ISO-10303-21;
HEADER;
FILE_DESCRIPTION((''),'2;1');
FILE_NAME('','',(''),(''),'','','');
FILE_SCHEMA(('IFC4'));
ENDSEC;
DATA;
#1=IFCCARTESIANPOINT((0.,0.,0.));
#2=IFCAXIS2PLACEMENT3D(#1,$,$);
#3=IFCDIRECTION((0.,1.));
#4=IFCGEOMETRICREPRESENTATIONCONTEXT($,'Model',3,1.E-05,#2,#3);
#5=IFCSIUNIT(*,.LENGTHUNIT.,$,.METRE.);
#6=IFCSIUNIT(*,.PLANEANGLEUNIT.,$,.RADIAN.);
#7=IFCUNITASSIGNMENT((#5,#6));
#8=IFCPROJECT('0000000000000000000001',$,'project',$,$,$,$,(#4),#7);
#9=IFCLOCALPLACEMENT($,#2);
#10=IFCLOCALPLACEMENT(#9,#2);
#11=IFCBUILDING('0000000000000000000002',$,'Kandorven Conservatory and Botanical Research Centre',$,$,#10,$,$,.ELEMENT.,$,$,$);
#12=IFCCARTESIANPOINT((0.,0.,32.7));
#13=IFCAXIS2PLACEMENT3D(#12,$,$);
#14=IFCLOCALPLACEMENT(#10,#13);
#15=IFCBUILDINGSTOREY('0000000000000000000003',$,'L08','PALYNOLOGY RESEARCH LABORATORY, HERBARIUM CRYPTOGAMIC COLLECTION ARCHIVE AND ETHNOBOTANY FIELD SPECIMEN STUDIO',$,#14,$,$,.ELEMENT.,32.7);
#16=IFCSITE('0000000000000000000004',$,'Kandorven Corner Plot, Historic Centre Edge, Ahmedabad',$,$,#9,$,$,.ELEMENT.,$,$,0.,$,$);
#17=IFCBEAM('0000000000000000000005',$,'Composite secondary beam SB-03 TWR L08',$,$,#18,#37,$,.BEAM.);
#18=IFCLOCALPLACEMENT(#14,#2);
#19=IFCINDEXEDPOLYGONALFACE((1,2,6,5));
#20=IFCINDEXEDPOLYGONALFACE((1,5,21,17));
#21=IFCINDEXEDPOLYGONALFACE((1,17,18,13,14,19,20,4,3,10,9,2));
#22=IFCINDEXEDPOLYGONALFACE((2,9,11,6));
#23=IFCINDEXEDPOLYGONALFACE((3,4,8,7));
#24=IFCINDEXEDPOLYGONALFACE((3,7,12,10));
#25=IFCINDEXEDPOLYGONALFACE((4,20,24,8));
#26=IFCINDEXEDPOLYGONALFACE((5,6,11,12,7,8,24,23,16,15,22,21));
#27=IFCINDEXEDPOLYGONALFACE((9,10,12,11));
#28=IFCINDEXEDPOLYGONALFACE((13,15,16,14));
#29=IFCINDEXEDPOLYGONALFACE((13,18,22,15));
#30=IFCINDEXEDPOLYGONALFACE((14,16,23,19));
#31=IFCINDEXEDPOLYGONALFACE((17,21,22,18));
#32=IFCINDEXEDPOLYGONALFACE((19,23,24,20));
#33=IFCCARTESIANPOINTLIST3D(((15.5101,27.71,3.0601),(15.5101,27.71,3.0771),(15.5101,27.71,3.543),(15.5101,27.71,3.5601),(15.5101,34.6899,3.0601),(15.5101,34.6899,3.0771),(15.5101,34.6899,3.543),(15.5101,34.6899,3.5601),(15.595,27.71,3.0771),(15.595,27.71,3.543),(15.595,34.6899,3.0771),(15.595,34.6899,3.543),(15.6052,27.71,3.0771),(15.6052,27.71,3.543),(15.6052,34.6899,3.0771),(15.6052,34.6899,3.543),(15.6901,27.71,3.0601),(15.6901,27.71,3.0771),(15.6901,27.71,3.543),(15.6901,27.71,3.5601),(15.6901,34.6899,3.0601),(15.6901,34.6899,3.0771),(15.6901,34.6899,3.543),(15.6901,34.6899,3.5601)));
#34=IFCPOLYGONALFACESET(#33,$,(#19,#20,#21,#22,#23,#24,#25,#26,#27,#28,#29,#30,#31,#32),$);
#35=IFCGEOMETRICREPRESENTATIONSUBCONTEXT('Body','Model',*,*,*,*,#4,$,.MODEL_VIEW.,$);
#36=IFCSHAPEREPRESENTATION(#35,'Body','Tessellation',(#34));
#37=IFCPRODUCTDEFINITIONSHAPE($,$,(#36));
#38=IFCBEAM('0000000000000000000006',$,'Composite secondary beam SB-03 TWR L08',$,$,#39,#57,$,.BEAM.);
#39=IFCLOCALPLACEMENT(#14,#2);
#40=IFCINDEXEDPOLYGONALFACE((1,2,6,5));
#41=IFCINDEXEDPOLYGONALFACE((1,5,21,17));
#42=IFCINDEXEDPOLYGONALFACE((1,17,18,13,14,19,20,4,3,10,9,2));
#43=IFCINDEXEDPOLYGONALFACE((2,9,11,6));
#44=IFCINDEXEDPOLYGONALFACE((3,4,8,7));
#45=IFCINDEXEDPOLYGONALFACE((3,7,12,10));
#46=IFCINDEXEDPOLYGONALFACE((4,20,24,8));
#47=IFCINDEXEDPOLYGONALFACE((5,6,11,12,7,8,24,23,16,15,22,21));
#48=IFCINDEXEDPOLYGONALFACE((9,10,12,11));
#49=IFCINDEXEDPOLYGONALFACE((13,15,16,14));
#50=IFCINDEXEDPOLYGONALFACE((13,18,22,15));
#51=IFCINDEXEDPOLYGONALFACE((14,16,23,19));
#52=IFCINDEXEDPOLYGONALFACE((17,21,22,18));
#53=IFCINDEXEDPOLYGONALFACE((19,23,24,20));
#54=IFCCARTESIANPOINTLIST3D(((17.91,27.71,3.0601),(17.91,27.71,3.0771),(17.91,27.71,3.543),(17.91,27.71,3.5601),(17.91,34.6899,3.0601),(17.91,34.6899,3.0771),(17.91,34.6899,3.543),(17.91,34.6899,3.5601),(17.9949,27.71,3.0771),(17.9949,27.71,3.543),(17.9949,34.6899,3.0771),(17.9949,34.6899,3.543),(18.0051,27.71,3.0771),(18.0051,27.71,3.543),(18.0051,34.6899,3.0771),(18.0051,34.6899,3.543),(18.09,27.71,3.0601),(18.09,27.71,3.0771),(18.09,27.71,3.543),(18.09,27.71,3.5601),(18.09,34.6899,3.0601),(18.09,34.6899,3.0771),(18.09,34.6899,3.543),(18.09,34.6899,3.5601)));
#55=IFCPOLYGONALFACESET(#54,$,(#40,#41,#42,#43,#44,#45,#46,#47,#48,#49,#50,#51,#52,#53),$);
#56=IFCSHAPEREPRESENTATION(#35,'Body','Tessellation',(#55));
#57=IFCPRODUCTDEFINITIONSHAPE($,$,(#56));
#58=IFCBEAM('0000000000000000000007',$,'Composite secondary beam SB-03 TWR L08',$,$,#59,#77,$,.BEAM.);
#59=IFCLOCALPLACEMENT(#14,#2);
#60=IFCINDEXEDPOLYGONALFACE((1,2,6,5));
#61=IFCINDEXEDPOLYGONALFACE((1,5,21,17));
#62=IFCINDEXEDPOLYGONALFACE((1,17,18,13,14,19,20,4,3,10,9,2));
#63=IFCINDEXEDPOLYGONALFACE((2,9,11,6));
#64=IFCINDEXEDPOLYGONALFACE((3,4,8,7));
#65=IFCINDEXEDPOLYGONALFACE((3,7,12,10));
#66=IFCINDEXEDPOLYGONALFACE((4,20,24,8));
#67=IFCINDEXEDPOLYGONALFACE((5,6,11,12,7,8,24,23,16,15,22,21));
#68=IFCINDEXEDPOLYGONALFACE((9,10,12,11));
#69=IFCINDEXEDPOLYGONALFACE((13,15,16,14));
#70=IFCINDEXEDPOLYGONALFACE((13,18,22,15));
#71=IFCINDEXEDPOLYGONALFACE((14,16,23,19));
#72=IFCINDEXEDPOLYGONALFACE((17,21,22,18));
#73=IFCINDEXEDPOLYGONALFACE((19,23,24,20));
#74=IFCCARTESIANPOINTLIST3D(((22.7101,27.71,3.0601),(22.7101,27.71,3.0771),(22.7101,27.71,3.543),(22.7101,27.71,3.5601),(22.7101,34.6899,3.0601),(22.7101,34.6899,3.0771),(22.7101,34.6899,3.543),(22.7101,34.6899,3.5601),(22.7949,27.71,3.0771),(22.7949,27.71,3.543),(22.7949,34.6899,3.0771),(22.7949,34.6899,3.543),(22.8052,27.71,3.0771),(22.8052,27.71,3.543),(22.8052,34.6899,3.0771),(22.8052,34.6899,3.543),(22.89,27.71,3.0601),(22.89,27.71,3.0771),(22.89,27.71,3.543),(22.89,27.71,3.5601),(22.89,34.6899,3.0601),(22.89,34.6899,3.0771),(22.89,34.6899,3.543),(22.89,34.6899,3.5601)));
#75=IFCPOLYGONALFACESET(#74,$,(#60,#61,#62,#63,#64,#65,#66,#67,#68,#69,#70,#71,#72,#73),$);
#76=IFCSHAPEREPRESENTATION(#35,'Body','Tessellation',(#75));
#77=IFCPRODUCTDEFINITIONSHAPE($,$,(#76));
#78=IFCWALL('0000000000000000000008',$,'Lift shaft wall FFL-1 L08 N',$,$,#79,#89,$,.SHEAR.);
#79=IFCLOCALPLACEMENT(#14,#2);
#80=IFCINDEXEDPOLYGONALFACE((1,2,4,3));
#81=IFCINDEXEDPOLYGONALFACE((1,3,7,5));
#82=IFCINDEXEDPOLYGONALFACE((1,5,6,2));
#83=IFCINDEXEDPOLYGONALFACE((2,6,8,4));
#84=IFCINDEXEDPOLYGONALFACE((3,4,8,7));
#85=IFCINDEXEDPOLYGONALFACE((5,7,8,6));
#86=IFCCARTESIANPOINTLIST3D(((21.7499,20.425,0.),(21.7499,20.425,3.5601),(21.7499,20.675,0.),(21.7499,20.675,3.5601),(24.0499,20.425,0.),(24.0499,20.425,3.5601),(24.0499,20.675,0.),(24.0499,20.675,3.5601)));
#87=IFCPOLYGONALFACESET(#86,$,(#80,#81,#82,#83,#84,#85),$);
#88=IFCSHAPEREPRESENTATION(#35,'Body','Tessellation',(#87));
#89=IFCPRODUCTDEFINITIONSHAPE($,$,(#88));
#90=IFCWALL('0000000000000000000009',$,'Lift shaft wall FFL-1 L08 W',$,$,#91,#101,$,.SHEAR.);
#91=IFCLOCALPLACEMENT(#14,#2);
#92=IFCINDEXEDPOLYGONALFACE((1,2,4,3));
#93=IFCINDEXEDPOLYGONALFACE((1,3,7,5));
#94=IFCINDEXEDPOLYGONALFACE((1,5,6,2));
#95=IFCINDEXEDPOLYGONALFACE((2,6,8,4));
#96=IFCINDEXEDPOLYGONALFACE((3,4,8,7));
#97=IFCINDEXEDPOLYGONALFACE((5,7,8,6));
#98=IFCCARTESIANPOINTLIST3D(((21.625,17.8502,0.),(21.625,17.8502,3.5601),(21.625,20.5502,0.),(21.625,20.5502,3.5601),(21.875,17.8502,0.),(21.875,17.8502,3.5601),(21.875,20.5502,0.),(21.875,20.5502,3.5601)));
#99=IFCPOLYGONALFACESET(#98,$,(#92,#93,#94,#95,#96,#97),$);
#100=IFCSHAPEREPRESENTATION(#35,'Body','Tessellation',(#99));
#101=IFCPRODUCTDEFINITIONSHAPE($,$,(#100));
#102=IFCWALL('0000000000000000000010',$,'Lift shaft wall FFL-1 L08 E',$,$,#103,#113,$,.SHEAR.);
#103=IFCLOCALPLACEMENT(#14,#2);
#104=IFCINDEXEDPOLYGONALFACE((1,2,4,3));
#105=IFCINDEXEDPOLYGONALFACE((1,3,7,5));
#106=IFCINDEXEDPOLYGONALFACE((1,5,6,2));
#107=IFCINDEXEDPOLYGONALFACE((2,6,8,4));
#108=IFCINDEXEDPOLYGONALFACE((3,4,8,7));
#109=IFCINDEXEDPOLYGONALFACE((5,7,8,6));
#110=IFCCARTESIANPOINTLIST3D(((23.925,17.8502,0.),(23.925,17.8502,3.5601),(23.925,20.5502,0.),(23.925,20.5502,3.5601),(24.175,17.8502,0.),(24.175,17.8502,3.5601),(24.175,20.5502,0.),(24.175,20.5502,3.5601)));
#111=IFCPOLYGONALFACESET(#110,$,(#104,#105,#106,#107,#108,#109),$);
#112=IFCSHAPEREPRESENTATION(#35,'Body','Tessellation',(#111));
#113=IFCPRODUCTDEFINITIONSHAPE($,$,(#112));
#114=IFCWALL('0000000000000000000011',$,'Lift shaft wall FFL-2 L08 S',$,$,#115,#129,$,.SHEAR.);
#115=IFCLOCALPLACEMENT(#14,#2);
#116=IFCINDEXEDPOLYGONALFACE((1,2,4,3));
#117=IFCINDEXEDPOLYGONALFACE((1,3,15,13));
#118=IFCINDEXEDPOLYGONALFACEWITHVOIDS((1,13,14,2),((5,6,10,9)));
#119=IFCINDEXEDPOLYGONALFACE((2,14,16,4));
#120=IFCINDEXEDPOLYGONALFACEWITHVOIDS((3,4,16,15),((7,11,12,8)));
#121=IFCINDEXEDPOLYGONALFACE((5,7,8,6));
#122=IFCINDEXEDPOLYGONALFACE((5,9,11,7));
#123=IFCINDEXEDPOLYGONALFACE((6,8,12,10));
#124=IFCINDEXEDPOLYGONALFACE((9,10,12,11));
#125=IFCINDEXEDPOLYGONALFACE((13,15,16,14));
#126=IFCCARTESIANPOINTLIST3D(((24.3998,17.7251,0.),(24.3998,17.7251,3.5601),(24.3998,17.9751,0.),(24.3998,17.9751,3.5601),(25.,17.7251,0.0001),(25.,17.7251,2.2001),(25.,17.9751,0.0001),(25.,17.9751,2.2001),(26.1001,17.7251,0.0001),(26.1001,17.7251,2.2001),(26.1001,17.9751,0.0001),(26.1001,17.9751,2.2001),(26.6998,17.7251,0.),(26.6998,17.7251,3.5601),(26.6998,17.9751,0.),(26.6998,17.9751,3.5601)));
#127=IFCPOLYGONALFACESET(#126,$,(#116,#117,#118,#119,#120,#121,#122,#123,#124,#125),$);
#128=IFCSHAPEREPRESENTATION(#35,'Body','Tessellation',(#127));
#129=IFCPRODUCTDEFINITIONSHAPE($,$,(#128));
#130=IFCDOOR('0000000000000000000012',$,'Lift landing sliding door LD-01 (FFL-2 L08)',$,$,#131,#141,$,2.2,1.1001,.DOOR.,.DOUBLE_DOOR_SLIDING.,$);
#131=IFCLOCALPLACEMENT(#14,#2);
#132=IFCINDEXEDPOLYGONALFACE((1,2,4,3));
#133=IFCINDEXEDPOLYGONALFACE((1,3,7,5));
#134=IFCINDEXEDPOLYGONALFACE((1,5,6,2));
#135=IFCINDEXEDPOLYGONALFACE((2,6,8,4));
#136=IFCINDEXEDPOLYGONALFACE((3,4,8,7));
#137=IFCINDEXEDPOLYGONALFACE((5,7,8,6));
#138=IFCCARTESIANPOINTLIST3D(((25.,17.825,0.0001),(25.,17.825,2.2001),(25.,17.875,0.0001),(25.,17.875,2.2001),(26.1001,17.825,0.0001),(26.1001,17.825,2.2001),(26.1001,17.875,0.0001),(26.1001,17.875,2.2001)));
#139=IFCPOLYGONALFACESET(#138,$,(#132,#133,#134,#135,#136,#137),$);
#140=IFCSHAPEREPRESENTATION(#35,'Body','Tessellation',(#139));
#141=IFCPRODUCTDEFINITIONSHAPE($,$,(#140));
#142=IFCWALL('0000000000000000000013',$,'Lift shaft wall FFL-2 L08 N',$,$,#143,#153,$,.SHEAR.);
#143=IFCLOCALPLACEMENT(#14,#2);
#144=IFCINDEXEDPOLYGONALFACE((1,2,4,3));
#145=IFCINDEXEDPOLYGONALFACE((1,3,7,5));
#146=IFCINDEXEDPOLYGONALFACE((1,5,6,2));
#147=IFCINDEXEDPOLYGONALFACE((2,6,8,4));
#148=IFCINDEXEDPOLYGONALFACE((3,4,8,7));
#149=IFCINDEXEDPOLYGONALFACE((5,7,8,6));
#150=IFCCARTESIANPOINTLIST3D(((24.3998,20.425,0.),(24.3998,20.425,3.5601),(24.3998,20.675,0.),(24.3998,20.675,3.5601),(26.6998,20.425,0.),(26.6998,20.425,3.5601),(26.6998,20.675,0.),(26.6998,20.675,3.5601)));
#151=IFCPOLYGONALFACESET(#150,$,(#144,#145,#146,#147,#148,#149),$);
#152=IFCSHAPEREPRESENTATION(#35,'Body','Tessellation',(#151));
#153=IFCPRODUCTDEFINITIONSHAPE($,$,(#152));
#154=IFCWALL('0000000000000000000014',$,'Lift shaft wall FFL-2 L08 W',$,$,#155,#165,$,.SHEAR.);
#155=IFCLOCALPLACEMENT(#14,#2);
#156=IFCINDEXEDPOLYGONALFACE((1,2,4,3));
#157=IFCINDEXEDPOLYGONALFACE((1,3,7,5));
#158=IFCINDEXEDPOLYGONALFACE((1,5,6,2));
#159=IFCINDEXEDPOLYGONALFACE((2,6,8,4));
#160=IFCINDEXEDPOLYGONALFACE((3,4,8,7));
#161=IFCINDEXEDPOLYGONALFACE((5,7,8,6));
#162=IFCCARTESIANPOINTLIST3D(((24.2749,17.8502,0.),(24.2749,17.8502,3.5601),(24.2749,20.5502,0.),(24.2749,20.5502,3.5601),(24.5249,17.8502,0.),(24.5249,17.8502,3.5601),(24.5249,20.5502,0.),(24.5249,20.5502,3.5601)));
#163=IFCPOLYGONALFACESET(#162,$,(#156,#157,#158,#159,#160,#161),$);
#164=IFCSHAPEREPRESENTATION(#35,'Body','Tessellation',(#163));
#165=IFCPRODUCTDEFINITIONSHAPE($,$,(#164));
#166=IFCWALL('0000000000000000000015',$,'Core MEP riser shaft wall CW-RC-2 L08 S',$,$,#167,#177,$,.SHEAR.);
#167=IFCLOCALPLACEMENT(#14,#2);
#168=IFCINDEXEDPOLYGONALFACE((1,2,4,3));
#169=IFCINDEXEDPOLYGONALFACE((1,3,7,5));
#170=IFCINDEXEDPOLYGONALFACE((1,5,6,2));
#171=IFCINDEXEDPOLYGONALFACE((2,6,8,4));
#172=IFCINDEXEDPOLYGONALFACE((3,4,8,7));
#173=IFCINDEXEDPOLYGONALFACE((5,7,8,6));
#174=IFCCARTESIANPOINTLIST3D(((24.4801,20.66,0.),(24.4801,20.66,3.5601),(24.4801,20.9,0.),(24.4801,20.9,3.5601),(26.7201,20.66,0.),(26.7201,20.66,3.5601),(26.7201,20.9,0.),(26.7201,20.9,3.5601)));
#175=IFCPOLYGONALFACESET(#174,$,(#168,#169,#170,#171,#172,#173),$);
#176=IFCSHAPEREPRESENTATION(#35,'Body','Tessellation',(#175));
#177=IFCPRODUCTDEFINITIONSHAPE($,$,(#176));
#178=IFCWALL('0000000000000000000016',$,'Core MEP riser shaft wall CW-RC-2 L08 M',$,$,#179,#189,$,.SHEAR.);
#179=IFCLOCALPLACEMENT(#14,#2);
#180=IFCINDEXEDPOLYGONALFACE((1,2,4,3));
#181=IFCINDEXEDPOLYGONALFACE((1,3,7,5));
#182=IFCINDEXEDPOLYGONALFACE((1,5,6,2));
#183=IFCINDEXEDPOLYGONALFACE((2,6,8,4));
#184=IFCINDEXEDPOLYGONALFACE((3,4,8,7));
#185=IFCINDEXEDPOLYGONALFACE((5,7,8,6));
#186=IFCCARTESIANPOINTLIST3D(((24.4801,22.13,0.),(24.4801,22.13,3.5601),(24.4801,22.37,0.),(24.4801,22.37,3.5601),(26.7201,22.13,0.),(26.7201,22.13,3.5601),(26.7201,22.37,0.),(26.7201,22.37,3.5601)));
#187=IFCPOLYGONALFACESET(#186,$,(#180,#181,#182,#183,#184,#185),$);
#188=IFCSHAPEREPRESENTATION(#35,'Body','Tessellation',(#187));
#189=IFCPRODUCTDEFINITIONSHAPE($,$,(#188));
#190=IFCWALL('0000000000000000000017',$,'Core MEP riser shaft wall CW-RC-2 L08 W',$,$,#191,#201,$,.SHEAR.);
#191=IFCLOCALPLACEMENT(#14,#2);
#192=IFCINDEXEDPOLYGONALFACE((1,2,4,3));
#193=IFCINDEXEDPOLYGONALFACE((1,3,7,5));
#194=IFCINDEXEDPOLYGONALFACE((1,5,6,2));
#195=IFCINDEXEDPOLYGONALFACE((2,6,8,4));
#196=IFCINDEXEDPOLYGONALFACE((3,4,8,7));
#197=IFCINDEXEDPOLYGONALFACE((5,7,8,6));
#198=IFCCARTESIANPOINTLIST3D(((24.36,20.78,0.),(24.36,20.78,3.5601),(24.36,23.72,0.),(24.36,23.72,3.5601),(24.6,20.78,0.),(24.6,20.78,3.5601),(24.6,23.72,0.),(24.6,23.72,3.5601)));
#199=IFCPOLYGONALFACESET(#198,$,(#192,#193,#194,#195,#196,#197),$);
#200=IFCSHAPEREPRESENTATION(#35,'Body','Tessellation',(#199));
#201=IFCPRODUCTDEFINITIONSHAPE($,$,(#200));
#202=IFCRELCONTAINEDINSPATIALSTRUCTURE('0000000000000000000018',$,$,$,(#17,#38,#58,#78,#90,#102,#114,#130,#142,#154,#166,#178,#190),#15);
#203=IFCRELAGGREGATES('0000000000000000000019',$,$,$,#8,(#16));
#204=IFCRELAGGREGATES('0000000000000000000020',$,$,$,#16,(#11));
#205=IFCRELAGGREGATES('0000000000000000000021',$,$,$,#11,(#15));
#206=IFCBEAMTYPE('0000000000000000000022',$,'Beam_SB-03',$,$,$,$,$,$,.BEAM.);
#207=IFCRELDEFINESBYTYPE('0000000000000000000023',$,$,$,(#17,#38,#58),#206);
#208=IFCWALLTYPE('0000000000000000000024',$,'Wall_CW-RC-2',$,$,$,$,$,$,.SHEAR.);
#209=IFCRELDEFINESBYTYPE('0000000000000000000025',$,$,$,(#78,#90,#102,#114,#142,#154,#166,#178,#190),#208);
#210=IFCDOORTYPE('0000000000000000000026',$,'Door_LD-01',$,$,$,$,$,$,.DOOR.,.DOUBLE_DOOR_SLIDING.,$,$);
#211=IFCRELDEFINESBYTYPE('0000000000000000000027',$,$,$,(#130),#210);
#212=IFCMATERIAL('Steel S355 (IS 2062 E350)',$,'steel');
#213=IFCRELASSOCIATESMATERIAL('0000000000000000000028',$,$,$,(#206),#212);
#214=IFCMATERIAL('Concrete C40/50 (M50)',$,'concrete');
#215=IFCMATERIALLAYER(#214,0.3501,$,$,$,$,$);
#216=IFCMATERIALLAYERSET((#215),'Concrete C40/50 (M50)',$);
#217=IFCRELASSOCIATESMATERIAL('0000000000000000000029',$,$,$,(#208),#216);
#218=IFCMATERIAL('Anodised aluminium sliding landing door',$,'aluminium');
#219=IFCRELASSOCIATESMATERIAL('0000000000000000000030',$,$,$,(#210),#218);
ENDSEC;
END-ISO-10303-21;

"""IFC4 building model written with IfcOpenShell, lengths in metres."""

from ifc_helpers import new_model, si_unit, direction, frame, frame_2d, origin, origin_2d, place, context, subcontext, project, spatial, rectangle, i_section, extrude, material, layer, layer_set, material_profile, profile_set, type_object, element, fill, save


model = new_model("IFC4")

# Units and contexts
model_context = context("Model", 3, precision=1e-05, world=origin(), true_north=direction((0.0, 1.0)))
body_context = subcontext(model_context, "Body", "Model", "MODEL_VIEW")
ifc_project = project(units=[si_unit("LENGTHUNIT", "METRE"), si_unit("PLANEANGLEUNIT", "RADIAN")], contexts=[model_context])

# Site, building, storey
site_placement = place(None, origin())
site = spatial("IfcSite", under=ifc_project, at=site_placement, Name="Kandorven Corner Plot, Historic Centre Edge, Ahmedabad", CompositionType="ELEMENT", RefElevation=0.0)
building_placement = place(site_placement, origin())
building = spatial("IfcBuilding", under=site, at=building_placement, Name="Kandorven Conservatory and Botanical Research Centre", CompositionType="ELEMENT")
storey_placement = place(building_placement, frame((0.0, 0.0, 32.7)))
storey = spatial("IfcBuildingStorey", under=building, at=storey_placement, Name="L08", Description="PALYNOLOGY RESEARCH LABORATORY, HERBARIUM CRYPTOGAMIC COLLECTION ARCHIVE AND ETHNOBOTANY FIELD SPECIMEN STUDIO", CompositionType="ELEMENT", Elevation=32.7)

# Beams
ifc_material_1 = material(Name="Steel S355 (IS 2062 E350)", Category="steel")
ifc_material_profile_1 = material_profile(ifc_material_1, i_section(OverallWidth=0.1799, OverallDepth=0.5, WebThickness=0.0103, FlangeThickness=0.0171, at=origin_2d()))
ifc_profile_set_1 = profile_set([ifc_material_profile_1], Name="Steel S355 (IS 2062 E350)")
beam_type_1 = type_object("IfcBeamType", Name="Beam_SB-03", PredefinedType="BEAM", material=ifc_profile_set_1)
for number, where, z_axis, x_axis, name in (
    (1, (15.6001, 27.71, 3.3101), (0.0, 1.0, 0.0), (-1.0, 0.0, 0.0), "Composite secondary beam SB-03 TWR L08"),
    (2, (18.0, 27.71, 3.3101), (0.0, 1.0, 0.0), (-1.0, 0.0, 0.0), "Composite secondary beam SB-03 TWR L08"),
    (3, (22.8, 27.71, 3.3101), (0.0, 1.0, 0.0), (-1.0, 0.0, 0.0), "Composite secondary beam SB-03 TWR L08"),
):
    element("IfcBeam", number, at=place(storey_placement, frame(where, z_axis=z_axis, x_axis=x_axis)), inside=storey, type_object=beam_type_1, Name=name, PredefinedType="BEAM", context=body_context, shape_type="SweptSolid", body=[
        extrude(i_section(OverallWidth=0.1799, OverallDepth=0.5, WebThickness=0.0103, FlangeThickness=0.0171, at=origin_2d()), origin(), (0.0, 0.0, 1.0), 6.98),
    ])

# Walls
ifc_material_2 = material(Name="Concrete C40/50 (M50)", Category="concrete")
ifc_layer_1 = layer(ifc_material_2, 0.3501)
ifc_layer_set_1 = layer_set([ifc_layer_1], Name="Concrete C40/50 (M50)")
wall_type_1 = type_object("IfcWallType", Name="Wall_CW-RC-2", PredefinedType="SHEAR", material=ifc_layer_set_1)
wall_1_placement = place(storey_placement, frame((21.75, 20.55, 0.0), z_axis=(0.0, 0.0, 1.0), x_axis=(1.0, 0.0, 0.0)))
element("IfcWall", 4, at=wall_1_placement, inside=storey, type_object=wall_type_1, Name="Lift shaft wall FFL-1 L08 N", PredefinedType="SHEAR", context=body_context, shape_type="SweptSolid", body=[
    extrude(rectangle(XDim=2.3, YDim=0.25, at=frame_2d((1.1499, 0.0))), origin(), (0.0, 0.0, 1.0), 3.5601),
])
for number, where, z_axis, x_axis, name in (
    (5, (21.75, 17.8501, 0.0), (0.0, 0.0, 1.0), (0.0, 1.0, 0.0), "Lift shaft wall FFL-1 L08 W"),
    (6, (24.05, 17.8501, 0.0), (0.0, 0.0, 1.0), (0.0, 1.0, 0.0), "Lift shaft wall FFL-1 L08 E"),
):
    element("IfcWall", number, at=place(storey_placement, frame(where, z_axis=z_axis, x_axis=x_axis)), inside=storey, type_object=wall_type_1, Name=name, PredefinedType="SHEAR", context=body_context, shape_type="SweptSolid", body=[
        extrude(rectangle(XDim=2.7, YDim=0.25, at=frame_2d((1.3501, 0.0))), origin(), (0.0, 0.0, 1.0), 3.5601),
    ])

# Wall, opening, door
wall_2_placement = place(storey_placement, frame((24.3999, 17.8501, 0.0), z_axis=(0.0, 0.0, 1.0), x_axis=(1.0, 0.0, 0.0)))
wall_2 = element("IfcWall", 7, at=wall_2_placement, inside=storey, type_object=wall_type_1, Name="Lift shaft wall FFL-2 L08 S", PredefinedType="SHEAR", context=body_context, shape_type="SweptSolid", body=[
    extrude(rectangle(XDim=2.3, YDim=0.25, at=frame_2d((1.1499, 0.0))), origin(), (0.0, 0.0, 1.0), 3.5601),
])
opening_1_placement = place(wall_2_placement, frame((0.6001, 0.0, 0.0)))
opening_1 = element("IfcOpeningElement", 8, at=opening_1_placement, cuts=wall_2, PredefinedType="OPENING", context=body_context, shape_type="SweptSolid", body=[
    extrude(rectangle(XDim=1.1001, YDim=2.2, at=frame_2d((0.55, 1.1001))), frame((0.0, 0.135, 0.0), z_axis=(0.0, -1.0, 0.0), x_axis=(1.0, 0.0, 0.0)), (0.0, 0.0, 1.0), 0.27),
])
ifc_material_3 = material(Name="Anodised aluminium sliding landing door", Category="aluminium")
door_type_1 = type_object("IfcDoorType", Name="Door_LD-01", OperationType="DOUBLE_DOOR_SLIDING", PredefinedType="DOOR", material=ifc_material_3)
door_1_placement = place(opening_1_placement, origin())
door_1 = element("IfcDoor", 9, at=door_1_placement, inside=storey, type_object=door_type_1, Name="Lift landing sliding door LD-01 (FFL-2 L08)", OperationType="DOUBLE_DOOR_SLIDING", OverallHeight=2.2, OverallWidth=1.1001, PredefinedType="DOOR", context=body_context, shape_type="SweptSolid", body=[
    extrude(rectangle(XDim=1.1001, YDim=2.2, at=frame_2d((0.55, 1.1001))), frame((0.0, 0.0249, 0.0), z_axis=(0.0, -1.0, 0.0), x_axis=(1.0, 0.0, 0.0)), (0.0, 0.0, 1.0), 0.05),
])
fill(opening_1, door_1)

# Walls
wall_3_placement = place(storey_placement, frame((24.3999, 20.55, 0.0), z_axis=(0.0, 0.0, 1.0), x_axis=(1.0, 0.0, 0.0)))
element("IfcWall", 10, at=wall_3_placement, inside=storey, type_object=wall_type_1, Name="Lift shaft wall FFL-2 L08 N", PredefinedType="SHEAR", context=body_context, shape_type="SweptSolid", body=[
    extrude(rectangle(XDim=2.3, YDim=0.25, at=frame_2d((1.1499, 0.0))), origin(), (0.0, 0.0, 1.0), 3.5601),
])
wall_4_placement = place(storey_placement, frame((24.3999, 17.8501, 0.0), z_axis=(0.0, 0.0, 1.0), x_axis=(0.0, 1.0, 0.0)))
element("IfcWall", 11, at=wall_4_placement, inside=storey, type_object=wall_type_1, Name="Lift shaft wall FFL-2 L08 W", PredefinedType="SHEAR", context=body_context, shape_type="SweptSolid", body=[
    extrude(rectangle(XDim=2.7, YDim=0.25, at=frame_2d((1.3501, 0.0))), origin(), (0.0, 0.0, 1.0), 3.5601),
])
for number, where, z_axis, x_axis, name in (
    (12, (24.48, 20.78, 0.0), (0.0, 0.0, 1.0), (1.0, 0.0, 0.0), "Core MEP riser shaft wall CW-RC-2 L08 S"),
    (13, (24.48, 22.25, 0.0), (0.0, 0.0, 1.0), (1.0, 0.0, 0.0), "Core MEP riser shaft wall CW-RC-2 L08 M"),
):
    element("IfcWall", number, at=place(storey_placement, frame(where, z_axis=z_axis, x_axis=x_axis)), inside=storey, type_object=wall_type_1, Name=name, PredefinedType="SHEAR", context=body_context, shape_type="SweptSolid", body=[
        extrude(rectangle(XDim=2.24, YDim=0.24, at=frame_2d((1.1201, 0.0))), origin(), (0.0, 0.0, 1.0), 3.5601),
    ])
wall_5_placement = place(storey_placement, frame((24.48, 20.78, 0.0), z_axis=(0.0, 0.0, 1.0), x_axis=(0.0, 1.0, 0.0)))
element("IfcWall", 14, at=wall_5_placement, inside=storey, type_object=wall_type_1, Name="Core MEP riser shaft wall CW-RC-2 L08 W", PredefinedType="SHEAR", context=body_context, shape_type="SweptSolid", body=[
    extrude(rectangle(XDim=2.9399, YDim=0.24, at=frame_2d((1.47, 0.0))), origin(), (0.0, 0.0, 1.0), 3.5601),
])

save(model, "model.ifc")
